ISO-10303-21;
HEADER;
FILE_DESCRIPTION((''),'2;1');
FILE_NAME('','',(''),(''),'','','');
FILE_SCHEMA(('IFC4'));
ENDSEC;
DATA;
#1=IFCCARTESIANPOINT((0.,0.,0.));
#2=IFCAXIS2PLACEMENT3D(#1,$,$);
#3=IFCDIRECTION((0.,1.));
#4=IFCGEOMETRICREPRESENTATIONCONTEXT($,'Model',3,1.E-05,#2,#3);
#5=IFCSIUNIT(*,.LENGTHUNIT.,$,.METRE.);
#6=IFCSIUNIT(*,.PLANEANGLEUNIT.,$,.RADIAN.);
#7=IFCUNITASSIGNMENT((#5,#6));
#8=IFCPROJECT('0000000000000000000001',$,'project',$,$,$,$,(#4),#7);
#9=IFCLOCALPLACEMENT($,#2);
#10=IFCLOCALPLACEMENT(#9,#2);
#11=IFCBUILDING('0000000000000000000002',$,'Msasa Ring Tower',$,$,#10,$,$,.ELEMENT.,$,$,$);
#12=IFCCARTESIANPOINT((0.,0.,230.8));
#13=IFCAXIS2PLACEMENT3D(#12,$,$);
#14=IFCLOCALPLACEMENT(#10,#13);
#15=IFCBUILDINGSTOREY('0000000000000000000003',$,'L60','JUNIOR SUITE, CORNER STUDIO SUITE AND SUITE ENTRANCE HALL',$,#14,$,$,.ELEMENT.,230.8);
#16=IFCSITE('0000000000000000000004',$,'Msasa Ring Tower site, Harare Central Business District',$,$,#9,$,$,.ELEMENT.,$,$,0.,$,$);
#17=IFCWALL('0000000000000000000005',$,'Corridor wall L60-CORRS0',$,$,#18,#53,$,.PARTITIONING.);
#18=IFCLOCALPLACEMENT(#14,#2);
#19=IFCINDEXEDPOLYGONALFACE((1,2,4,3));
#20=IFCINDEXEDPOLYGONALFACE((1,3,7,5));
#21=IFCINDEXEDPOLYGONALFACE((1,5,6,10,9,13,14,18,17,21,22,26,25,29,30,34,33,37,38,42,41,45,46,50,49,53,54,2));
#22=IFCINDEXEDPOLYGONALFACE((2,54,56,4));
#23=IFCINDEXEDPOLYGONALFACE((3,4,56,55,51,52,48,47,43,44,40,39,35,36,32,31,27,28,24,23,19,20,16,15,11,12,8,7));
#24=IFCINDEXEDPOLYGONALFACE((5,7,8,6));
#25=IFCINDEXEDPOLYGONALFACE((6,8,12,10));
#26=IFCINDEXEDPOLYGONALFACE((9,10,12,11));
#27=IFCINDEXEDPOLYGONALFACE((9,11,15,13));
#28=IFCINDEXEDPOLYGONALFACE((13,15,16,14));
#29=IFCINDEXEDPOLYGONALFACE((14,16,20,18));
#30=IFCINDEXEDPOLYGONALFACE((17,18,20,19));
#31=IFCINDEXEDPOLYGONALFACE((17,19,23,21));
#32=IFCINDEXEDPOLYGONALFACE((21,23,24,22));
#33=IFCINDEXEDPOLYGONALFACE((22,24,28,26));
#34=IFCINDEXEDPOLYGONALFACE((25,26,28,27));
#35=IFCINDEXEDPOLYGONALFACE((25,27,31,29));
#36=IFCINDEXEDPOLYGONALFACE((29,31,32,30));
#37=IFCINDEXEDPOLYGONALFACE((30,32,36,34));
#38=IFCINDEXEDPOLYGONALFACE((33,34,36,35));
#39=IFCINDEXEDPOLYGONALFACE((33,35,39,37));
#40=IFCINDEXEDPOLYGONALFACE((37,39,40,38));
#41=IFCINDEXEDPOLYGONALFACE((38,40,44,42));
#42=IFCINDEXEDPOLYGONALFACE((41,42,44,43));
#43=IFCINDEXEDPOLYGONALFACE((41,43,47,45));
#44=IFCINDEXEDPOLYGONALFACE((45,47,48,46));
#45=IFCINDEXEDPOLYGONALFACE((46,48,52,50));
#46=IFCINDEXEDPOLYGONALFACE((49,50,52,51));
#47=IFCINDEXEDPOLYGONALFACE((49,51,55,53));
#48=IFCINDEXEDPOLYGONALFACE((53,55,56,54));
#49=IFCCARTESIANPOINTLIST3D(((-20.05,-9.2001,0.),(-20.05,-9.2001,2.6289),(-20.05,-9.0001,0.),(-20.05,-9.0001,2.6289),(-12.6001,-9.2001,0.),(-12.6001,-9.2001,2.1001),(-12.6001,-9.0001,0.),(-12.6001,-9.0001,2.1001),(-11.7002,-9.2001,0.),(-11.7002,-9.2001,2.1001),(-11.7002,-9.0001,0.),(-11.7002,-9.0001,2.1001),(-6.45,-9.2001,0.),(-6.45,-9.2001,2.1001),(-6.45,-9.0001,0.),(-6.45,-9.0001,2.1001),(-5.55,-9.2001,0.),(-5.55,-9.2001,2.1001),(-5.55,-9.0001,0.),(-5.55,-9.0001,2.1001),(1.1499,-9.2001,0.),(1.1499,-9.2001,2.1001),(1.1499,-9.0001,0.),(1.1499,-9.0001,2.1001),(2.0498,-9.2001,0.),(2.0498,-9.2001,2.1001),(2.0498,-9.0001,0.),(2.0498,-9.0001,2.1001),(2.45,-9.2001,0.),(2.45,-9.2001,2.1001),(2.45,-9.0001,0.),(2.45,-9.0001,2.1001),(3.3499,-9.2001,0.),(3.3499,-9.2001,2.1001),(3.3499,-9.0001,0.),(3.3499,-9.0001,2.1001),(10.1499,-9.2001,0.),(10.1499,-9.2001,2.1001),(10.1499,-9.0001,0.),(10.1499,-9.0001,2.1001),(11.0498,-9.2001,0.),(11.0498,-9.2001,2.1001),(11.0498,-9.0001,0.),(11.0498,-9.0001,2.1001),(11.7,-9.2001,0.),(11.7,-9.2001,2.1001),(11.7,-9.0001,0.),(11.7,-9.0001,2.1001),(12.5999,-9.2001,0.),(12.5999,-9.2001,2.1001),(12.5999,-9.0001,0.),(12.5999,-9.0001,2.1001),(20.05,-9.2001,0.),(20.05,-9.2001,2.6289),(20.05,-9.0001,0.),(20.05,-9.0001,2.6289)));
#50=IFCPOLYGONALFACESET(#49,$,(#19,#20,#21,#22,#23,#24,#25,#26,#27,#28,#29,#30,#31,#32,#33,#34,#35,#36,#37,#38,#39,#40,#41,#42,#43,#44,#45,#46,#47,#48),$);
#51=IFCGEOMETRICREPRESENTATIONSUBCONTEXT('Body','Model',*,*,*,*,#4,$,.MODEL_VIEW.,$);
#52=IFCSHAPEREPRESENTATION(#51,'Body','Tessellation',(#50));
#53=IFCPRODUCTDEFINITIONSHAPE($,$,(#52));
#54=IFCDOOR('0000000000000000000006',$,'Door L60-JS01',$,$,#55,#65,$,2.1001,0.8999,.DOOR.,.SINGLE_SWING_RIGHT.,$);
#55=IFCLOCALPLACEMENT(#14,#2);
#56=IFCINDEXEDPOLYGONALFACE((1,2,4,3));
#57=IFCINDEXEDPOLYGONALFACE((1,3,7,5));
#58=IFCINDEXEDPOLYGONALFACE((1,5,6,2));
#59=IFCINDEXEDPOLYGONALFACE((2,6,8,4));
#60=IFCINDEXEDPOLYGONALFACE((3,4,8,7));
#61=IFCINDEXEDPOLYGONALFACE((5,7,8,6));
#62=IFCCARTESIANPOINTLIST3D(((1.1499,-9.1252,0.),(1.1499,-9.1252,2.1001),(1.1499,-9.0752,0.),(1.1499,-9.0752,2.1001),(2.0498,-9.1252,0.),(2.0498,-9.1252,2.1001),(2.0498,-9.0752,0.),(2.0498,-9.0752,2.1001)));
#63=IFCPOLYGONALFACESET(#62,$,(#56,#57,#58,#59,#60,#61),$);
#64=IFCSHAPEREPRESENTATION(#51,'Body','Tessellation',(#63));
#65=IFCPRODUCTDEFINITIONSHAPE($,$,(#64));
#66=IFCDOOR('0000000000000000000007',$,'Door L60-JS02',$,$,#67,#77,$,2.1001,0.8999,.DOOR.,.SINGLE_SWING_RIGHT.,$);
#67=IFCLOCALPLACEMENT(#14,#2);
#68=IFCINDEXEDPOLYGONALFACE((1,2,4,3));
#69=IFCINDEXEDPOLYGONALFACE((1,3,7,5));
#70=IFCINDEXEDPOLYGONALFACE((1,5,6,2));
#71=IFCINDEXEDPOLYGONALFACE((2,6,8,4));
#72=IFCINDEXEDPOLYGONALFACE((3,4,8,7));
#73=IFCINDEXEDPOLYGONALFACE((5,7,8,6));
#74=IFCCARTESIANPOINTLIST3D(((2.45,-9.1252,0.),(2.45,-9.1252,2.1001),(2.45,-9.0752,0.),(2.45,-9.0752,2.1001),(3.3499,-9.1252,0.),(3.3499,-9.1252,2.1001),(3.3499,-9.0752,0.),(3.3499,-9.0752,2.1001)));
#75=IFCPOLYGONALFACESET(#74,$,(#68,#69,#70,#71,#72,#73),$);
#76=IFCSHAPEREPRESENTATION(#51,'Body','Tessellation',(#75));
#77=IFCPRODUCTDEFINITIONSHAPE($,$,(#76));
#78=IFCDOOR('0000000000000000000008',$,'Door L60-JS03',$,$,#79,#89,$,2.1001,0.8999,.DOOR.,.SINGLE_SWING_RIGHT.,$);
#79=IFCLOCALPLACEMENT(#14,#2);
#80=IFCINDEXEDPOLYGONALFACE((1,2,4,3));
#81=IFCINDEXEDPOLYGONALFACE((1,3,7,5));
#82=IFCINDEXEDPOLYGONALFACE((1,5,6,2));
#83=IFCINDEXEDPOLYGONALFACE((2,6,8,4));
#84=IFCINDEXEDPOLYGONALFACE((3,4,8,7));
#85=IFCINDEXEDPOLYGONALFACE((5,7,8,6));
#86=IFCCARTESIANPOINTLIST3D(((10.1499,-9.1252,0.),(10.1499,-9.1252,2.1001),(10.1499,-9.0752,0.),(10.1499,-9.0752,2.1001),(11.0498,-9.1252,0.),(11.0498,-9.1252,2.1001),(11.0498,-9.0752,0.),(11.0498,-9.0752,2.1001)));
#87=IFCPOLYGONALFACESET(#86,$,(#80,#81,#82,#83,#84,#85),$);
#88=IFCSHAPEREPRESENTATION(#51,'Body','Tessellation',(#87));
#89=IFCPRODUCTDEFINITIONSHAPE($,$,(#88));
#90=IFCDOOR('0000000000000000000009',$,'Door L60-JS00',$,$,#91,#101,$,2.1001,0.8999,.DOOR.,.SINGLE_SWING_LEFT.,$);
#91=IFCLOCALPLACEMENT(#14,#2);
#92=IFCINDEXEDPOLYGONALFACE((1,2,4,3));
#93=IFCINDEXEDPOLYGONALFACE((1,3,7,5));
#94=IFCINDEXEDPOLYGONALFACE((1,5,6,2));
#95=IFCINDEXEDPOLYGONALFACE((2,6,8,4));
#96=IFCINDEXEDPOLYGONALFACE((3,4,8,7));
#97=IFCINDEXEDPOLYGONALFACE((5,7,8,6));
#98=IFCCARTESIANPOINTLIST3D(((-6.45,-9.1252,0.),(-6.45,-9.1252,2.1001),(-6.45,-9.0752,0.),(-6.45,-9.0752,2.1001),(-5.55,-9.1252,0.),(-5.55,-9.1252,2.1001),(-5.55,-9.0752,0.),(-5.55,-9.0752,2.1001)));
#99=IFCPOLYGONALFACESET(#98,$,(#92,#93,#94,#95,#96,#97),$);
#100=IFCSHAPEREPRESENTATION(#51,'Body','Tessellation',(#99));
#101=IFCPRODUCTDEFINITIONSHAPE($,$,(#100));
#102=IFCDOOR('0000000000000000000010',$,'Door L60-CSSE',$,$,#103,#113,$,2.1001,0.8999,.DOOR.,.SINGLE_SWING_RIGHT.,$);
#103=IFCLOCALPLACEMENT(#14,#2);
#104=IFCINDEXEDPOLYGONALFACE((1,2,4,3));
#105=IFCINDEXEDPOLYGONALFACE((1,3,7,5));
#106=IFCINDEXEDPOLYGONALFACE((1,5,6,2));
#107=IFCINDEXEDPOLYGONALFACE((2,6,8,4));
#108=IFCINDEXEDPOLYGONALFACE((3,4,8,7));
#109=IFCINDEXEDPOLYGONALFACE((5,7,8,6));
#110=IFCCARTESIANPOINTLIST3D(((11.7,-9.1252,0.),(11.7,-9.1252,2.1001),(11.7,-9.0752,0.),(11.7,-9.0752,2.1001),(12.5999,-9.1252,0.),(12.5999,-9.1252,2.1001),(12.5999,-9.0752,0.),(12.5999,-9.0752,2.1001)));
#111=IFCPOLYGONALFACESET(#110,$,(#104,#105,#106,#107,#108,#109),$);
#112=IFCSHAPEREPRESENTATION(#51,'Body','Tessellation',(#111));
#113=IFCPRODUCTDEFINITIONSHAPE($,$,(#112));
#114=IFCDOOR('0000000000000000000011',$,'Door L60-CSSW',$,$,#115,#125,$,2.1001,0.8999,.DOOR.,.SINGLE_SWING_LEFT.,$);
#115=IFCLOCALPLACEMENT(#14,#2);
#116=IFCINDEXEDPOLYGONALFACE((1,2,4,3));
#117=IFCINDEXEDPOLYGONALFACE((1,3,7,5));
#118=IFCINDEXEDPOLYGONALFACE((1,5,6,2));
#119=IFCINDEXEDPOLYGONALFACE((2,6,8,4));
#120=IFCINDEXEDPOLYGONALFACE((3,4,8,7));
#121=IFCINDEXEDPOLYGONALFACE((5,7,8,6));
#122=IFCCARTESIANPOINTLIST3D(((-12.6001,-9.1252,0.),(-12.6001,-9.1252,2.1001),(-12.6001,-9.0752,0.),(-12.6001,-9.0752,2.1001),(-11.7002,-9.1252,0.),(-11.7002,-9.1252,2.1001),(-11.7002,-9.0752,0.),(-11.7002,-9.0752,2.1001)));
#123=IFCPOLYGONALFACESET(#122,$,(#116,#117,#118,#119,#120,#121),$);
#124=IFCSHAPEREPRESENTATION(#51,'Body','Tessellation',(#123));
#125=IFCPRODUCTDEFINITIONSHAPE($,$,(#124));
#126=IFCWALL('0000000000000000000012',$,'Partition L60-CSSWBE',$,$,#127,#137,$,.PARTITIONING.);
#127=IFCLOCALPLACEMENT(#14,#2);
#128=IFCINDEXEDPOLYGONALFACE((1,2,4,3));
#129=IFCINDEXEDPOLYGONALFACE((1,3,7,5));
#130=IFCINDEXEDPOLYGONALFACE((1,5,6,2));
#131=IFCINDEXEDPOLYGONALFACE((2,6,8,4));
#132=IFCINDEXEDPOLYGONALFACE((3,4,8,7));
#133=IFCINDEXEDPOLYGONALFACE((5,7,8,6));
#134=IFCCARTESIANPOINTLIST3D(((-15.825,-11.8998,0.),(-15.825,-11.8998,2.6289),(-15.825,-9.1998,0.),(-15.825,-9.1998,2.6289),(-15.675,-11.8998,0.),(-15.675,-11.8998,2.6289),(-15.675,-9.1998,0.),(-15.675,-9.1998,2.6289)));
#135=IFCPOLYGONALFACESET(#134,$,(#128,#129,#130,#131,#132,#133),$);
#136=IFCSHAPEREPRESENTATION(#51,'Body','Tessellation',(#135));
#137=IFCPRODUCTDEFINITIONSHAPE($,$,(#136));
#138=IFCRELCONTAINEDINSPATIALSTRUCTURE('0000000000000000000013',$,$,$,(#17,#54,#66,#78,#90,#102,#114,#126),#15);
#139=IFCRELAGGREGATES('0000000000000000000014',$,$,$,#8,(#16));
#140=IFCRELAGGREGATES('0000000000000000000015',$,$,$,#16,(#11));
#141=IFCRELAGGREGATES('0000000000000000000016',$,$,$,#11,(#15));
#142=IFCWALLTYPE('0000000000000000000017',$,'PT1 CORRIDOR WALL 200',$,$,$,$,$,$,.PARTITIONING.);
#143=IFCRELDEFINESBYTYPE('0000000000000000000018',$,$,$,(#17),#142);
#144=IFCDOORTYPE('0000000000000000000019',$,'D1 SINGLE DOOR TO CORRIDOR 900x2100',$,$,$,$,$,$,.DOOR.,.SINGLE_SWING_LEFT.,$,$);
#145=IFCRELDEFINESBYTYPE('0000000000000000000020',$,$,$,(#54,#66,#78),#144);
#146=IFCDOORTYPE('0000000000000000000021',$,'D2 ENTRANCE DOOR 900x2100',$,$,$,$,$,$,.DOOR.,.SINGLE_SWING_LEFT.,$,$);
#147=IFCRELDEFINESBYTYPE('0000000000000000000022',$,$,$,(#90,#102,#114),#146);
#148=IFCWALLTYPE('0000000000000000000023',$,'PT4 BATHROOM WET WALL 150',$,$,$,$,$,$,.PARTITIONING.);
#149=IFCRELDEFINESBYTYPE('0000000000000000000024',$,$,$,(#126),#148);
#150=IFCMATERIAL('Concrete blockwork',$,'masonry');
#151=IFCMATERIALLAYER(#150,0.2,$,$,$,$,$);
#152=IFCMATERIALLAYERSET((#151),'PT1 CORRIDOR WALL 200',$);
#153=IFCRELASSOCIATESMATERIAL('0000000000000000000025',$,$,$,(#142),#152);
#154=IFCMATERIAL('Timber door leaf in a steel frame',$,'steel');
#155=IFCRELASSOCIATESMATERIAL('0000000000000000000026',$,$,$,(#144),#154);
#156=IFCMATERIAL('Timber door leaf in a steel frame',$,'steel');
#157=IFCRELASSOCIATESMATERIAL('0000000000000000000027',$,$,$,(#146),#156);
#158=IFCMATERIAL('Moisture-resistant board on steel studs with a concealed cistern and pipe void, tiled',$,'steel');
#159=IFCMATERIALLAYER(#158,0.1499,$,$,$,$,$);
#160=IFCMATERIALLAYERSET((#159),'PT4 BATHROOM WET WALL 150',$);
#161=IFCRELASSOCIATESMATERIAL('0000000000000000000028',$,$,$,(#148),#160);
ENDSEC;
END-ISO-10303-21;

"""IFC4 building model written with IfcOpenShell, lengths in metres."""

from ifc_helpers import new_model, si_unit, direction, frame, frame_2d, origin, place, context, subcontext, project, spatial, rectangle, extrude, material, layer, layer_set, type_object, element, fill, save


model = new_model("IFC4")

# Units and contexts
model_context = context("Model", 3, precision=1e-05, world=origin(), true_north=direction((0.0, 1.0)))
body_context = subcontext(model_context, "Body", "Model", "MODEL_VIEW")
ifc_project = project(units=[si_unit("LENGTHUNIT", "METRE"), si_unit("PLANEANGLEUNIT", "RADIAN")], contexts=[model_context])

# Site, building, storey
site_placement = place(None, origin())
site = spatial("IfcSite", under=ifc_project, at=site_placement, Name="Msasa Ring Tower site, Harare Central Business District", CompositionType="ELEMENT", RefElevation=0.0)
building_placement = place(site_placement, origin())
building = spatial("IfcBuilding", under=site, at=building_placement, Name="Msasa Ring Tower", CompositionType="ELEMENT")
storey_placement = place(building_placement, frame((0.0, 0.0, 230.8)))
storey = spatial("IfcBuildingStorey", under=building, at=storey_placement, Name="L60", Description="JUNIOR SUITE, CORNER STUDIO SUITE AND SUITE ENTRANCE HALL", CompositionType="ELEMENT", Elevation=230.8)

# Wall, openings, doors
ifc_material_1 = material(Name="Concrete blockwork", Category="masonry")
ifc_layer_1 = layer(ifc_material_1, 0.2)
ifc_layer_set_1 = layer_set([ifc_layer_1], Name="PT1 CORRIDOR WALL 200")
wall_type_1 = type_object("IfcWallType", Name="PT1 CORRIDOR WALL 200", PredefinedType="PARTITIONING", material=ifc_layer_set_1)
wall_1_placement = place(storey_placement, frame((-20.05, -9.1001, 0.0), z_axis=(0.0, 0.0, 1.0), x_axis=(1.0, 0.0, 0.0)))
wall_1 = element("IfcWall", 1, at=wall_1_placement, inside=storey, type_object=wall_type_1, Name="Corridor wall L60-CORRS0", PredefinedType="PARTITIONING", context=body_context, shape_type="SweptSolid", body=[
    extrude(rectangle(XDim=40.1001, YDim=0.2, at=frame_2d((20.05, 0.0))), origin(), (0.0, 0.0, 1.0), 2.6289),
])
opening_1_placement = place(wall_1_placement, frame((13.6001, 0.0, 0.0)))
opening_1 = element("IfcOpeningElement", 2, at=opening_1_placement, cuts=wall_1, PredefinedType="OPENING", context=body_context, shape_type="SweptSolid", body=[
    extrude(rectangle(XDim=0.8999, YDim=2.1001, at=frame_2d((0.45, 1.05))), frame((0.0, 0.1099, 0.0), z_axis=(0.0, -1.0, 0.0), x_axis=(1.0, 0.0, 0.0)), (0.0, 0.0, 1.0), 0.22),
])
opening_2_placement = place(wall_1_placement, frame((21.2, 0.0, 0.0)))
opening_2 = element("IfcOpeningElement", 3, at=opening_2_placement, cuts=wall_1, PredefinedType="OPENING", context=body_context, shape_type="SweptSolid", body=[
    extrude(rectangle(XDim=0.8999, YDim=2.1001, at=frame_2d((0.45, 1.05))), frame((0.0, 0.1099, 0.0), z_axis=(0.0, -1.0, 0.0), x_axis=(1.0, 0.0, 0.0)), (0.0, 0.0, 1.0), 0.22),
])
opening_3_placement = place(wall_1_placement, frame((22.5, 0.0, 0.0)))
opening_3 = element("IfcOpeningElement", 4, at=opening_3_placement, cuts=wall_1, PredefinedType="OPENING", context=body_context, shape_type="SweptSolid", body=[
    extrude(rectangle(XDim=0.8999, YDim=2.1001, at=frame_2d((0.45, 1.05))), frame((0.0, 0.1099, 0.0), z_axis=(0.0, -1.0, 0.0), x_axis=(1.0, 0.0, 0.0)), (0.0, 0.0, 1.0), 0.22),
])
opening_4_placement = place(wall_1_placement, frame((30.2, 0.0, 0.0)))
opening_4 = element("IfcOpeningElement", 5, at=opening_4_placement, cuts=wall_1, PredefinedType="OPENING", context=body_context, shape_type="SweptSolid", body=[
    extrude(rectangle(XDim=0.8999, YDim=2.1001, at=frame_2d((0.45, 1.05))), frame((0.0, 0.1099, 0.0), z_axis=(0.0, -1.0, 0.0), x_axis=(1.0, 0.0, 0.0)), (0.0, 0.0, 1.0), 0.22),
])
opening_5_placement = place(wall_1_placement, frame((31.75, 0.0, 0.0)))
opening_5 = element("IfcOpeningElement", 6, at=opening_5_placement, cuts=wall_1, PredefinedType="OPENING", context=body_context, shape_type="SweptSolid", body=[
    extrude(rectangle(XDim=0.8999, YDim=2.1001, at=frame_2d((0.45, 1.05))), frame((0.0, 0.1099, 0.0), z_axis=(0.0, -1.0, 0.0), x_axis=(1.0, 0.0, 0.0)), (0.0, 0.0, 1.0), 0.22),
])
opening_6_placement = place(wall_1_placement, frame((7.45, 0.0, 0.0)))
opening_6 = element("IfcOpeningElement", 7, at=opening_6_placement, cuts=wall_1, PredefinedType="OPENING", context=body_context, shape_type="SweptSolid", body=[
    extrude(rectangle(XDim=0.8999, YDim=2.1001, at=frame_2d((0.45, 1.05))), frame((0.0, 0.1099, 0.0), z_axis=(0.0, -1.0, 0.0), x_axis=(1.0, 0.0, 0.0)), (0.0, 0.0, 1.0), 0.22),
])
ifc_material_2 = material(Name="Timber door leaf in a steel frame", Category="steel")
door_type_1 = type_object("IfcDoorType", Name="D1 SINGLE DOOR TO CORRIDOR 900x2100", OperationType="SINGLE_SWING_LEFT", PredefinedType="DOOR", material=ifc_material_2)
door_1_placement = place(opening_2_placement, origin())
door_1 = element("IfcDoor", 8, at=door_1_placement, inside=storey, type_object=door_type_1, Name="Door L60-JS01", OperationType="SINGLE_SWING_RIGHT", OverallHeight=2.1001, OverallWidth=0.8999, PredefinedType="DOOR", context=body_context, shape_type="SweptSolid", body=[
    extrude(rectangle(XDim=0.8999, YDim=2.1001, at=frame_2d((0.45, 1.05))), frame((0.0, 0.0249, 0.0), z_axis=(0.0, -1.0, 0.0), x_axis=(1.0, 0.0, 0.0)), (0.0, 0.0, 1.0), 0.05),
])
fill(opening_2, door_1)
door_2_placement = place(opening_3_placement, origin())
door_2 = element("IfcDoor", 9, at=door_2_placement, inside=storey, type_object=door_type_1, Name="Door L60-JS02", OperationType="SINGLE_SWING_RIGHT", OverallHeight=2.1001, OverallWidth=0.8999, PredefinedType="DOOR", context=body_context, shape_type="SweptSolid", body=[
    extrude(rectangle(XDim=0.8999, YDim=2.1001, at=frame_2d((0.45, 1.05))), frame((0.0, 0.0249, 0.0), z_axis=(0.0, -1.0, 0.0), x_axis=(1.0, 0.0, 0.0)), (0.0, 0.0, 1.0), 0.05),
])
fill(opening_3, door_2)
door_3_placement = place(opening_4_placement, origin())
door_3 = element("IfcDoor", 10, at=door_3_placement, inside=storey, type_object=door_type_1, Name="Door L60-JS03", OperationType="SINGLE_SWING_RIGHT", OverallHeight=2.1001, OverallWidth=0.8999, PredefinedType="DOOR", context=body_context, shape_type="SweptSolid", body=[
    extrude(rectangle(XDim=0.8999, YDim=2.1001, at=frame_2d((0.45, 1.05))), frame((0.0, 0.0249, 0.0), z_axis=(0.0, -1.0, 0.0), x_axis=(1.0, 0.0, 0.0)), (0.0, 0.0, 1.0), 0.05),
])
fill(opening_4, door_3)
ifc_material_3 = material(Name="Timber door leaf in a steel frame", Category="steel")
door_type_2 = type_object("IfcDoorType", Name="D2 ENTRANCE DOOR 900x2100", OperationType="SINGLE_SWING_LEFT", PredefinedType="DOOR", material=ifc_material_3)
door_4_placement = place(opening_1_placement, origin())
door_4 = element("IfcDoor", 11, at=door_4_placement, inside=storey, type_object=door_type_2, Name="Door L60-JS00", OperationType="SINGLE_SWING_LEFT", OverallHeight=2.1001, OverallWidth=0.8999, PredefinedType="DOOR", context=body_context, shape_type="SweptSolid", body=[
    extrude(rectangle(XDim=0.8999, YDim=2.1001, at=frame_2d((0.45, 1.05))), frame((0.0, 0.0249, 0.0), z_axis=(0.0, -1.0, 0.0), x_axis=(1.0, 0.0, 0.0)), (0.0, 0.0, 1.0), 0.05),
])
fill(opening_1, door_4)
door_5_placement = place(opening_5_placement, origin())
door_5 = element("IfcDoor", 12, at=door_5_placement, inside=storey, type_object=door_type_2, Name="Door L60-CSSE", OperationType="SINGLE_SWING_RIGHT", OverallHeight=2.1001, OverallWidth=0.8999, PredefinedType="DOOR", context=body_context, shape_type="SweptSolid", body=[
    extrude(rectangle(XDim=0.8999, YDim=2.1001, at=frame_2d((0.45, 1.05))), frame((0.0, 0.0249, 0.0), z_axis=(0.0, -1.0, 0.0), x_axis=(1.0, 0.0, 0.0)), (0.0, 0.0, 1.0), 0.05),
])
fill(opening_5, door_5)
door_6_placement = place(opening_6_placement, origin())
door_6 = element("IfcDoor", 13, at=door_6_placement, inside=storey, type_object=door_type_2, Name="Door L60-CSSW", OperationType="SINGLE_SWING_LEFT", OverallHeight=2.1001, OverallWidth=0.8999, PredefinedType="DOOR", context=body_context, shape_type="SweptSolid", body=[
    extrude(rectangle(XDim=0.8999, YDim=2.1001, at=frame_2d((0.45, 1.05))), frame((0.0, 0.0249, 0.0), z_axis=(0.0, -1.0, 0.0), x_axis=(1.0, 0.0, 0.0)), (0.0, 0.0, 1.0), 0.05),
])
fill(opening_6, door_6)

# Wall
ifc_material_4 = material(Name="Moisture-resistant board on steel studs with a concealed cistern and pipe void, tiled", Category="steel")
ifc_layer_2 = layer(ifc_material_4, 0.1499)
ifc_layer_set_2 = layer_set([ifc_layer_2], Name="PT4 BATHROOM WET WALL 150")
wall_type_2 = type_object("IfcWallType", Name="PT4 BATHROOM WET WALL 150", PredefinedType="PARTITIONING", material=ifc_layer_set_2)
wall_2_placement = place(storey_placement, frame((-15.75, -11.8999, 0.0), z_axis=(0.0, 0.0, 1.0), x_axis=(0.0, 1.0, 0.0)))
element("IfcWall", 14, at=wall_2_placement, inside=storey, type_object=wall_type_2, Name="Partition L60-CSSWBE", PredefinedType="PARTITIONING", context=body_context, shape_type="SweptSolid", body=[
    extrude(rectangle(XDim=2.7, YDim=0.1499, at=frame_2d((1.3501, 0.0))), origin(), (0.0, 0.0, 1.0), 2.6289),
])

save(model, "model.ifc")
